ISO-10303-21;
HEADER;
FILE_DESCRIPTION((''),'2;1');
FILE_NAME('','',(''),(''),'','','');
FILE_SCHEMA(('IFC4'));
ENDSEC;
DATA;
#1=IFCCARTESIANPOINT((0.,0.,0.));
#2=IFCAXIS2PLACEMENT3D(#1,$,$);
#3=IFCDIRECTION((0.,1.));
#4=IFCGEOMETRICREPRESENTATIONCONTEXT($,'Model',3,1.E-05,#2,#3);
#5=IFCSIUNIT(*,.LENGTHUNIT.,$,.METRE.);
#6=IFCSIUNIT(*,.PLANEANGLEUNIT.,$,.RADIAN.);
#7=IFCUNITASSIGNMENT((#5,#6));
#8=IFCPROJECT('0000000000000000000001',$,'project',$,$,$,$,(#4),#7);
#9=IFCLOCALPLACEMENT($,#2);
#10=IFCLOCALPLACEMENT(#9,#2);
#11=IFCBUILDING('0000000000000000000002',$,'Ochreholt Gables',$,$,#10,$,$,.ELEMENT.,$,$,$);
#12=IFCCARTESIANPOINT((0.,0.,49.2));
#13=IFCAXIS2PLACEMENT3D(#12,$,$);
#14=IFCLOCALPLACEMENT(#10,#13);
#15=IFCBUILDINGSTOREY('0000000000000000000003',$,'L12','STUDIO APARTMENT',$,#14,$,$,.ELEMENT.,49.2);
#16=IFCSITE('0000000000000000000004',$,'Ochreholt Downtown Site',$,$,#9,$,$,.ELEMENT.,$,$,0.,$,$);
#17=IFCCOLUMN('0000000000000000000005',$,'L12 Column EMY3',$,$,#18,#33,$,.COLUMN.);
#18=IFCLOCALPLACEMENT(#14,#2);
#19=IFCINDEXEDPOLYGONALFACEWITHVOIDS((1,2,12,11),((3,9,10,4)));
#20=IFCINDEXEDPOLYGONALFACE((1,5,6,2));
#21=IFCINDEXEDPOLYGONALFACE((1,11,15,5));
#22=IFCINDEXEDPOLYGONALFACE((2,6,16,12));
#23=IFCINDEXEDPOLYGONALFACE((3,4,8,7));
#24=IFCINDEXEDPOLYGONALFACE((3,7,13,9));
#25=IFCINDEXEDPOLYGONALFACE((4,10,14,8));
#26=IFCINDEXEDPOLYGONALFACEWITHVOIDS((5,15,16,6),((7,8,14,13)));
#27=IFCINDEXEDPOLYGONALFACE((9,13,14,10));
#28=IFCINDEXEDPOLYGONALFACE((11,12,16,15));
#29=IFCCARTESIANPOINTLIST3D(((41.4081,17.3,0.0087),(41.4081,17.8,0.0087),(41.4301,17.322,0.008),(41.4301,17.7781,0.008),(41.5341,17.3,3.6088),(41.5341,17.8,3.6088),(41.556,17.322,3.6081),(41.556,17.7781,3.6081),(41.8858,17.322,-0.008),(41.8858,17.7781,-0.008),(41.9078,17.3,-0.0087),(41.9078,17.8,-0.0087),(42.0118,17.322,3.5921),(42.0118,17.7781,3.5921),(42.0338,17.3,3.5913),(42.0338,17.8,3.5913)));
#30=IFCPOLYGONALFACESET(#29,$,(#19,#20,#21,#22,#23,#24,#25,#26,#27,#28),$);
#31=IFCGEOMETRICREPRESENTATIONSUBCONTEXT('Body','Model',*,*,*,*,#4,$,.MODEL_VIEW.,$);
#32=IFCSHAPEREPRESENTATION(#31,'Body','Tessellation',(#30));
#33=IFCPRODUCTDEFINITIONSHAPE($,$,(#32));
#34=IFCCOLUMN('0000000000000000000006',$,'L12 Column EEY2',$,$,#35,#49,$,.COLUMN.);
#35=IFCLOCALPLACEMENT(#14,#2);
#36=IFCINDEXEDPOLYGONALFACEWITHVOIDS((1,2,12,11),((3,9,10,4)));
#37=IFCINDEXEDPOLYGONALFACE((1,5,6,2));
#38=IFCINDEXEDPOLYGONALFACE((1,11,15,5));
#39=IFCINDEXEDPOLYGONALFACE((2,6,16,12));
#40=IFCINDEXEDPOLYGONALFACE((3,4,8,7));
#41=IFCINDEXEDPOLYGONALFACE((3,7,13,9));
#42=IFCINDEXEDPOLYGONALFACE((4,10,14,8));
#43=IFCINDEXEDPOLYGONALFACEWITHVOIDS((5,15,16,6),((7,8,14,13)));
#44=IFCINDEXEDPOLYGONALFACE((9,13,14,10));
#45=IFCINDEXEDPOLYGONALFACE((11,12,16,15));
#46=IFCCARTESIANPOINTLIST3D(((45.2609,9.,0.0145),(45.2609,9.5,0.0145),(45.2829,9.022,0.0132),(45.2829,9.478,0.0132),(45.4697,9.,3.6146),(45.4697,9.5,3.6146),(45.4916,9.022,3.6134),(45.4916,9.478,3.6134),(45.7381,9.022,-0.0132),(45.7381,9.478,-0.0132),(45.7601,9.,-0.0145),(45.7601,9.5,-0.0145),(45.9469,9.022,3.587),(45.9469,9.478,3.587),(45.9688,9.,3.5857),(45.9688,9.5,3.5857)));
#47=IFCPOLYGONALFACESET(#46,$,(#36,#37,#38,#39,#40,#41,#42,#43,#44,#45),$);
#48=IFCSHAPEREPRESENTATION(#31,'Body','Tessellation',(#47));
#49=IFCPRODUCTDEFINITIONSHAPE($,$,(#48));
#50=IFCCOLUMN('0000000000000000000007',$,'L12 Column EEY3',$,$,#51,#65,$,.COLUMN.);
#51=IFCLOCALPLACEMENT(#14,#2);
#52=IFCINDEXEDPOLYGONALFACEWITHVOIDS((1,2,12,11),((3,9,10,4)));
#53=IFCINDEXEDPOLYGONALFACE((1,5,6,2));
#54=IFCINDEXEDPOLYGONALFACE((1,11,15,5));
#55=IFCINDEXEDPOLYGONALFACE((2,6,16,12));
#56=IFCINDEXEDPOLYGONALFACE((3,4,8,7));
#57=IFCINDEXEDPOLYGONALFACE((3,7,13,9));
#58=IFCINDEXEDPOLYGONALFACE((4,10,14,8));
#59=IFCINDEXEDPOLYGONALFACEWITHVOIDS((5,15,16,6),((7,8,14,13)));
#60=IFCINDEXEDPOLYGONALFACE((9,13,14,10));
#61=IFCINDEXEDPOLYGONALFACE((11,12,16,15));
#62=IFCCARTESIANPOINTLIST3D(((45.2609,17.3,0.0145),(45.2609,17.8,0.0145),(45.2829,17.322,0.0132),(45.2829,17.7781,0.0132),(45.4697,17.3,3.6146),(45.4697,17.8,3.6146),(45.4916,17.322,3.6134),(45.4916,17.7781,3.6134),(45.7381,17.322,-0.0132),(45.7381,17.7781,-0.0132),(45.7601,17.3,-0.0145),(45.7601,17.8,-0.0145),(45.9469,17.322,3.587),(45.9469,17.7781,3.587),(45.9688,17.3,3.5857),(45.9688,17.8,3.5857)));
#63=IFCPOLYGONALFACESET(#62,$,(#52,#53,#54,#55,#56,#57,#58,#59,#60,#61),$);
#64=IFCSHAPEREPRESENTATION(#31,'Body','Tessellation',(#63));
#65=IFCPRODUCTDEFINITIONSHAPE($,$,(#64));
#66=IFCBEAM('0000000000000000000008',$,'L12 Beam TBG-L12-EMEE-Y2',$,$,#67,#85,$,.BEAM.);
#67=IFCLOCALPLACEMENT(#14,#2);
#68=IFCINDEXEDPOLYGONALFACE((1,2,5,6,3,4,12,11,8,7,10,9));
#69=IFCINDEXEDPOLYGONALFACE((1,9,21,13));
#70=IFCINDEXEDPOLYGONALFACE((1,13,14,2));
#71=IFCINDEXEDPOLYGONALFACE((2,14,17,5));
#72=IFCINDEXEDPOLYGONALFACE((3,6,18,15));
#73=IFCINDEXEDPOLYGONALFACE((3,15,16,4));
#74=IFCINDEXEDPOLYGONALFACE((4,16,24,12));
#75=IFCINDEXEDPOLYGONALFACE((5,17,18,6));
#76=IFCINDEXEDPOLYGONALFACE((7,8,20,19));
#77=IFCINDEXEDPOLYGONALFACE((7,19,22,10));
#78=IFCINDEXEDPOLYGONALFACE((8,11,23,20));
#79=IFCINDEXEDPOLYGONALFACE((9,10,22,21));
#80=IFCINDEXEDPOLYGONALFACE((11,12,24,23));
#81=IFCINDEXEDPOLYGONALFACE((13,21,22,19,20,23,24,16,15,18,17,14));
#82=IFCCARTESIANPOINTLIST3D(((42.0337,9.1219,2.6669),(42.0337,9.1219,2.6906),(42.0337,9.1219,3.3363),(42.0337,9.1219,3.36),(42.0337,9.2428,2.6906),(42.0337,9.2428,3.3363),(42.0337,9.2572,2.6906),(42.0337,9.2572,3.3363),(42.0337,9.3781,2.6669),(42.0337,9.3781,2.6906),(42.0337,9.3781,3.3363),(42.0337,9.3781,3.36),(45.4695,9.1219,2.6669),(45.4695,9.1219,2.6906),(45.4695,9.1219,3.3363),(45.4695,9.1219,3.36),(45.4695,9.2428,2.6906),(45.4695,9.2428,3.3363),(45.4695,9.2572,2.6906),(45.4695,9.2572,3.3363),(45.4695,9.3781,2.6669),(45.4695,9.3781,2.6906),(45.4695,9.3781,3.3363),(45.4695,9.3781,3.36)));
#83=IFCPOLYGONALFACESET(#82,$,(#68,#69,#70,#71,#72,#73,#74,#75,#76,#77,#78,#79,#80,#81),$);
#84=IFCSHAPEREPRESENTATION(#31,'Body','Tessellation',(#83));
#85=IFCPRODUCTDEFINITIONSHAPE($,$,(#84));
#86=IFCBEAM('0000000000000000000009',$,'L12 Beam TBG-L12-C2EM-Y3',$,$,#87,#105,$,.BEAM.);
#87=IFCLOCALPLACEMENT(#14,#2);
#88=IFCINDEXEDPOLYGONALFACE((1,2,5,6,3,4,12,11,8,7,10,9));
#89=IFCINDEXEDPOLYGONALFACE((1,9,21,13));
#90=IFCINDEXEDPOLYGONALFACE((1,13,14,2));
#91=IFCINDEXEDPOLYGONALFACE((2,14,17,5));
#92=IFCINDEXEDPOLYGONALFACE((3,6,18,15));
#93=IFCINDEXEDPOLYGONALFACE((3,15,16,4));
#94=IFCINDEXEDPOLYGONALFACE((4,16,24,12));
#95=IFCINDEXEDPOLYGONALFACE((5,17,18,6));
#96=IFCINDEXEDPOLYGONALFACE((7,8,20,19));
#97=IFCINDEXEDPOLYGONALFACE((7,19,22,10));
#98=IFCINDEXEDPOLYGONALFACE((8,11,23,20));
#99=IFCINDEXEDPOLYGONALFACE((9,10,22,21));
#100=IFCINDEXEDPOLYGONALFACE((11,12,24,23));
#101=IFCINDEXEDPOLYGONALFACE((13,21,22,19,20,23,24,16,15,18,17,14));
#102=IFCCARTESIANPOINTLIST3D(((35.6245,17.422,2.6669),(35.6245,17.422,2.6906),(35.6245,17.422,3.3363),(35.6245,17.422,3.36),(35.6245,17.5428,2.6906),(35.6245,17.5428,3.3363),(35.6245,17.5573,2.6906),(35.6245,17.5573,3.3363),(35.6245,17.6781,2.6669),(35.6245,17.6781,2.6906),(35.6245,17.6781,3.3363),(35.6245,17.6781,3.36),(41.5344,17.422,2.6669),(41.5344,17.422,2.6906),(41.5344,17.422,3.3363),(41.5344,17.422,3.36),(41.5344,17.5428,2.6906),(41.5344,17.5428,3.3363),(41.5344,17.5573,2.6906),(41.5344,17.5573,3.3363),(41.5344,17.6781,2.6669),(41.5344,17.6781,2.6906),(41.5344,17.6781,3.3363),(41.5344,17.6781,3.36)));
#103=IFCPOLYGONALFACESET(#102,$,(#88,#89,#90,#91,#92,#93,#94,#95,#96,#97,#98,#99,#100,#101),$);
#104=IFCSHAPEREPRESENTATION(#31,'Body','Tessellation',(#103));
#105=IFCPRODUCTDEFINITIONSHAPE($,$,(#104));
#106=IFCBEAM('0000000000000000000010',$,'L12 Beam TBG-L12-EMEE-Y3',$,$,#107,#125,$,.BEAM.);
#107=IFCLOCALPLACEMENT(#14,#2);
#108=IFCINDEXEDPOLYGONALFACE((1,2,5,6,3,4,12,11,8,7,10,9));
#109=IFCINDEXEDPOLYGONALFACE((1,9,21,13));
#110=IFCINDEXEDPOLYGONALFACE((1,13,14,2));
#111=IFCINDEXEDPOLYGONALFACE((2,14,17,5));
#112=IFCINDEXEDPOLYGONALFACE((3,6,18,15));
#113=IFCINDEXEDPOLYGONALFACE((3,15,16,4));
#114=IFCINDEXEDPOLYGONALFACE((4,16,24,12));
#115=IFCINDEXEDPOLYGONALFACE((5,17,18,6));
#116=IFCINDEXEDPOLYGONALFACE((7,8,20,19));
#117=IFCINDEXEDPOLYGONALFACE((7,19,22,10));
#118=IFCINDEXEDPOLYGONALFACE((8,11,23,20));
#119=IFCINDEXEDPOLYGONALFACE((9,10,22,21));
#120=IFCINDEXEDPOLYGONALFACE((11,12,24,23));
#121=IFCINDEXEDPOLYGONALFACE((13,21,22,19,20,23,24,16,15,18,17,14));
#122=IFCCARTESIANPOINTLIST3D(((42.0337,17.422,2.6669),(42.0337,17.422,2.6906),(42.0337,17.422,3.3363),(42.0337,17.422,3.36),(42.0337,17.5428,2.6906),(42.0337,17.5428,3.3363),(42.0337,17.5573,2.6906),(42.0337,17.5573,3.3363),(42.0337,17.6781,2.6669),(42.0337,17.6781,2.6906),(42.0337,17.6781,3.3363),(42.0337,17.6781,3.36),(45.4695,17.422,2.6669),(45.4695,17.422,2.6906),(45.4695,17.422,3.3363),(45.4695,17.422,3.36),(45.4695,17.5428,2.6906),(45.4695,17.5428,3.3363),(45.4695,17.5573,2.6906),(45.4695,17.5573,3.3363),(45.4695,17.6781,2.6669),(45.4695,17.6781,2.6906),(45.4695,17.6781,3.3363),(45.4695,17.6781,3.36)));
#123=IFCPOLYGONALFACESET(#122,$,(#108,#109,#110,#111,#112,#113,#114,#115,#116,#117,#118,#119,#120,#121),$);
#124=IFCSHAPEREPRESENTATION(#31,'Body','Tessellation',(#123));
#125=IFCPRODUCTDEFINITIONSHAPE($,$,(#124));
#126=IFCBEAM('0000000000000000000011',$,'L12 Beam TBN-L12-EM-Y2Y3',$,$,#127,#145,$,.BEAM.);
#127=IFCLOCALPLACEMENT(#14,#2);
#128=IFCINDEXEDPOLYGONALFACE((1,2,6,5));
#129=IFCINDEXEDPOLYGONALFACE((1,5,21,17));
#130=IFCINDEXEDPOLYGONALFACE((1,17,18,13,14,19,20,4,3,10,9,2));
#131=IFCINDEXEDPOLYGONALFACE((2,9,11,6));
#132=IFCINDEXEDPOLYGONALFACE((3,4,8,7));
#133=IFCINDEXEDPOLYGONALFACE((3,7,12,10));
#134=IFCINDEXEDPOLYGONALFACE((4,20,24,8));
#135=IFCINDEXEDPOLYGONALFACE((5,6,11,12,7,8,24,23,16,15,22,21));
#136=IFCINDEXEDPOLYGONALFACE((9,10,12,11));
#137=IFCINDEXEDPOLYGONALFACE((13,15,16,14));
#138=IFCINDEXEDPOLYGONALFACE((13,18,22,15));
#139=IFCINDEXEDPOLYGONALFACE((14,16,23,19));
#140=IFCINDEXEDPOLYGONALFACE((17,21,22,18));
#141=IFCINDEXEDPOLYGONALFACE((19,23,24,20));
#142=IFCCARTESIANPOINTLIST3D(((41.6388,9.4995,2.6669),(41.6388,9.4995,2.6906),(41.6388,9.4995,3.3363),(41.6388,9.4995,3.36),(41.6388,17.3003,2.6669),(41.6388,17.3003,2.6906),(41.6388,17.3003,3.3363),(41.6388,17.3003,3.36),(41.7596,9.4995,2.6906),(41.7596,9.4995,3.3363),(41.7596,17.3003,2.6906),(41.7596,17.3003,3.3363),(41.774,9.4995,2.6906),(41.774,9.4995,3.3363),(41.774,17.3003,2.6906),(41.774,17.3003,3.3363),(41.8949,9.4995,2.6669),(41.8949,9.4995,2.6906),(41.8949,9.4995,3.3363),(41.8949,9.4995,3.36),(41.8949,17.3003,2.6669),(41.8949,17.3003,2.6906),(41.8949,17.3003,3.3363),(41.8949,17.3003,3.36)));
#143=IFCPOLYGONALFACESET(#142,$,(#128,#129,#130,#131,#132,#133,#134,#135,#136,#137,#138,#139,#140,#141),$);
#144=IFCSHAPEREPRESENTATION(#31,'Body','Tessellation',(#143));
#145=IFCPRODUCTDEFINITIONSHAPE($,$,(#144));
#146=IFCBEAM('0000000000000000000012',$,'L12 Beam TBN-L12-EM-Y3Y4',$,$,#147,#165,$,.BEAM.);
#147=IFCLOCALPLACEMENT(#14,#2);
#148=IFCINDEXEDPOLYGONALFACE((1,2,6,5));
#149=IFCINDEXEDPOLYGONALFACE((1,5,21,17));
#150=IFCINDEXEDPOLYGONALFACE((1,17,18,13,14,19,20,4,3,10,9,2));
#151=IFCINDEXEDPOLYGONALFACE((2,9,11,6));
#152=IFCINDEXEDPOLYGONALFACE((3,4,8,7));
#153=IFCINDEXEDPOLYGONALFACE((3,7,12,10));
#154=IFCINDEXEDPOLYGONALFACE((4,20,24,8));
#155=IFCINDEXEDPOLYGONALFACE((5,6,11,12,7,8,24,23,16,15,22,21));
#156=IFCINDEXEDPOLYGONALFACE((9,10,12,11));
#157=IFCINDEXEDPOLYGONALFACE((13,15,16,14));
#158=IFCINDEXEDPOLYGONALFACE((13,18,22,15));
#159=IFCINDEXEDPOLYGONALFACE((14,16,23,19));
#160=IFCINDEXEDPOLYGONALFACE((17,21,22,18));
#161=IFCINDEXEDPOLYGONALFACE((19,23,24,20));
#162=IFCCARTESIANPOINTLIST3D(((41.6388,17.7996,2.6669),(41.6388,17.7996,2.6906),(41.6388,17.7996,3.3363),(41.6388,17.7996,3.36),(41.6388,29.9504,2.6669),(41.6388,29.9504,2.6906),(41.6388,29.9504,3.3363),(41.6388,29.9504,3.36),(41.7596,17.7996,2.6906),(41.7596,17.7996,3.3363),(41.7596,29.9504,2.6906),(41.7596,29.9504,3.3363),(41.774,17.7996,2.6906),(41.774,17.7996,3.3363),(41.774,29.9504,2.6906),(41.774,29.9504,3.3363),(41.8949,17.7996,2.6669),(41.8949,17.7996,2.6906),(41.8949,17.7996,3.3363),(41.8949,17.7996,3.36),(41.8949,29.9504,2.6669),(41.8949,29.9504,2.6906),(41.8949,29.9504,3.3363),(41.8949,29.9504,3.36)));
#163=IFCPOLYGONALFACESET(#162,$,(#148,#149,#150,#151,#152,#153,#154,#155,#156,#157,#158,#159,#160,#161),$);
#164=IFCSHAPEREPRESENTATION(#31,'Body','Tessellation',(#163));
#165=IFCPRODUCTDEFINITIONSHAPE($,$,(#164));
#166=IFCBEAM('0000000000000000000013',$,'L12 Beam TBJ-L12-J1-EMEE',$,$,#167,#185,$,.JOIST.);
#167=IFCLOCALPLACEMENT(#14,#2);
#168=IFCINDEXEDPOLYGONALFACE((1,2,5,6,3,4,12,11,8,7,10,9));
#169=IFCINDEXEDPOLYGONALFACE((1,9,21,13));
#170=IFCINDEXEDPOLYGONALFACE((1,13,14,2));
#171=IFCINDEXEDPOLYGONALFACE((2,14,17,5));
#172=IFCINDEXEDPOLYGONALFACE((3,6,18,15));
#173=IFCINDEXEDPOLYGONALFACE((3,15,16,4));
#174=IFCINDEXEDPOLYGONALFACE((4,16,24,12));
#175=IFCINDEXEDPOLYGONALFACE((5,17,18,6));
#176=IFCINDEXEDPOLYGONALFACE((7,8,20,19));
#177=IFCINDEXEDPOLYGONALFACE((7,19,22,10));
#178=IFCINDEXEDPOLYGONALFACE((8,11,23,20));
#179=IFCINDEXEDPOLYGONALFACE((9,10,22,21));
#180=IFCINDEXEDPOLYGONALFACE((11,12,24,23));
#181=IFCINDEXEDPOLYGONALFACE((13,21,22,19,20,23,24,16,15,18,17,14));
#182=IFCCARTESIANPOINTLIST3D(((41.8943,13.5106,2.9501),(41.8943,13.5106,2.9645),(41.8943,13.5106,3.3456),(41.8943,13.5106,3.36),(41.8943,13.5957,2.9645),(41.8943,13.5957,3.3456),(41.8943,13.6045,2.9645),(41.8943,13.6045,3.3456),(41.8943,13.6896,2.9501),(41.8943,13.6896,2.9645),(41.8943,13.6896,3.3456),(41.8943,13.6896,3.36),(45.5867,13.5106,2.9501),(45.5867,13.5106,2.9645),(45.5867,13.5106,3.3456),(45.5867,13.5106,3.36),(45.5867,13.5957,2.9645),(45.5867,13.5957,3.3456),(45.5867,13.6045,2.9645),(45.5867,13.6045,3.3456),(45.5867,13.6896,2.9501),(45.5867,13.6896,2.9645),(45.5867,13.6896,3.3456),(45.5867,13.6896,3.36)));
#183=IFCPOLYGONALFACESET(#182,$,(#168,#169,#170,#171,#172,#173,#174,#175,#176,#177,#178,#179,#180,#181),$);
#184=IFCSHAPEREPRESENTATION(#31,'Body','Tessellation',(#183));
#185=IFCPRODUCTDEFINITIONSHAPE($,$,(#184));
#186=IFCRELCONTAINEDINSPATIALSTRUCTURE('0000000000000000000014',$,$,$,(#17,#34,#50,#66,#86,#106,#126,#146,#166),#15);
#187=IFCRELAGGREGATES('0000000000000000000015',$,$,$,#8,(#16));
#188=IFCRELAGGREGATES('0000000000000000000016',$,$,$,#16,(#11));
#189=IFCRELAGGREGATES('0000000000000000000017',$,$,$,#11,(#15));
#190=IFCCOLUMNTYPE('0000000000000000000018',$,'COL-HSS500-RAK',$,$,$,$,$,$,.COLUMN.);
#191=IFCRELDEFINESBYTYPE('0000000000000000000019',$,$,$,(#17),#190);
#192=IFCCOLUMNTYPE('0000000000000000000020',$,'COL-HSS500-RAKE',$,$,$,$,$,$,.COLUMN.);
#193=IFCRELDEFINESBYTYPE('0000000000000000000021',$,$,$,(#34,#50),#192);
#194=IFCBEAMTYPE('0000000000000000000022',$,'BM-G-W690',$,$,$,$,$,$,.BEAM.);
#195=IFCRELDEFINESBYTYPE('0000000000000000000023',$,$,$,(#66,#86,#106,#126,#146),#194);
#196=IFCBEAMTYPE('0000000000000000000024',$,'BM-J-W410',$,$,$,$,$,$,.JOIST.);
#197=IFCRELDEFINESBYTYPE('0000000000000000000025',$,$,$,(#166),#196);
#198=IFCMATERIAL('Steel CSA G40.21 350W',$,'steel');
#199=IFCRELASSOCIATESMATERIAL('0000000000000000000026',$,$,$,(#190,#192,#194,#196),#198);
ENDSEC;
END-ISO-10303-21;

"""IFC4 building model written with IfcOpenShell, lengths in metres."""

from ifc_helpers import new_model, si_unit, direction, frame, origin, origin_2d, place, context, subcontext, project, spatial, hollow_rectangle, i_section, extrude, material, material_profile, profile_set, type_object, element, save


model = new_model("IFC4")

# Units and contexts
model_context = context("Model", 3, precision=1e-05, world=origin(), true_north=direction((0.0, 1.0)))
body_context = subcontext(model_context, "Body", "Model", "MODEL_VIEW")
ifc_project = project(units=[si_unit("LENGTHUNIT", "METRE"), si_unit("PLANEANGLEUNIT", "RADIAN")], contexts=[model_context])

# Site, building, storey
site_placement = place(None, origin())
site = spatial("IfcSite", under=ifc_project, at=site_placement, Name="Ochreholt Downtown Site", CompositionType="ELEMENT", RefElevation=0.0)
building_placement = place(site_placement, origin())
building = spatial("IfcBuilding", under=site, at=building_placement, Name="Ochreholt Gables", CompositionType="ELEMENT")
storey_placement = place(building_placement, frame((0.0, 0.0, 49.2)))
storey = spatial("IfcBuildingStorey", under=building, at=storey_placement, Name="L12", Description="STUDIO APARTMENT", CompositionType="ELEMENT", Elevation=49.2)

# Columns
ifc_material_1 = material(Name="Steel CSA G40.21 350W", Category="steel")
ifc_material_profile_1 = material_profile(ifc_material_1, hollow_rectangle(XDim=0.5, YDim=0.5, WallThickness=0.022, at=origin_2d()), Name="HSS500X500X22")
ifc_profile_set_1 = profile_set([ifc_material_profile_1], Name="Steel CSA G40.21 350W")
column_type_1 = type_object("IfcColumnType", Name="COL-HSS500-RAK", PredefinedType="COLUMN", material=ifc_profile_set_1)
column_placement = place(storey_placement, frame((41.658, 17.55, 0.0), z_axis=(0.034971, 0.0, 0.999388), x_axis=(0.0, 1.0, 0.0)))
element("IfcColumn", 1, at=column_placement, inside=storey, type_object=column_type_1, Name="L12 Column EMY3", PredefinedType="COLUMN", context=body_context, shape_type="SweptSolid", body=[
    extrude(hollow_rectangle(XDim=0.5, YDim=0.5, WallThickness=0.022, at=origin_2d()), origin(), (0.0, 0.0, 1.0), 3.6023),
])
ifc_material_profile_2 = material_profile(ifc_material_1, hollow_rectangle(XDim=0.5, YDim=0.5, WallThickness=0.022, at=origin_2d()), Name="HSS500X500X22")
ifc_profile_set_2 = profile_set([ifc_material_profile_2], Name="Steel CSA G40.21 350W")
column_type_2 = type_object("IfcColumnType", Name="COL-HSS500-RAKE", PredefinedType="COLUMN", material=ifc_profile_set_2)
for number, where, z_axis, x_axis, name in (
    (2, (45.5105, 9.25, 0.0), (0.057885, 0.0, 0.998323), (0.0, 1.0, 0.0), "L12 Column EEY2"),
    (3, (45.5105, 17.55, 0.0), (0.057885, 0.0, 0.998323), (0.0, 1.0, 0.0), "L12 Column EEY3"),
):
    element("IfcColumn", number, at=place(storey_placement, frame(where, z_axis=z_axis, x_axis=x_axis)), inside=storey, type_object=column_type_2, Name=name, PredefinedType="COLUMN", context=body_context, shape_type="SweptSolid", body=[
        extrude(hollow_rectangle(XDim=0.5, YDim=0.5, WallThickness=0.022, at=origin_2d()), origin(), (0.0, 0.0, 1.0), 3.6062),
    ])

# Beams
ifc_material_profile_3 = material_profile(ifc_material_1, i_section(OverallWidth=0.2561, OverallDepth=0.6931, WebThickness=0.0144, FlangeThickness=0.0237, at=origin_2d()), Name="W690X170")
ifc_profile_set_3 = profile_set([ifc_material_profile_3], Name="Steel CSA G40.21 350W")
beam_type_1 = type_object("IfcBeamType", Name="BM-G-W690", PredefinedType="BEAM", material=ifc_profile_set_3)
beam_1_placement = place(storey_placement, frame((42.0337, 9.25, 3.0134), z_axis=(1.0, 0.0, 0.0), x_axis=(0.0, 1.0, 0.0)))
element("IfcBeam", 4, at=beam_1_placement, inside=storey, type_object=beam_type_1, Name="L12 Beam TBG-L12-EMEE-Y2", PredefinedType="BEAM", context=body_context, shape_type="SweptSolid", body=[
    extrude(i_section(OverallWidth=0.2561, OverallDepth=0.6931, WebThickness=0.0144, FlangeThickness=0.0237, at=origin_2d()), origin(), (0.0, 0.0, 1.0), 3.4358),
])
beam_2_placement = place(storey_placement, frame((35.6245, 17.55, 3.0134), z_axis=(1.0, 0.0, 0.0), x_axis=(0.0, 1.0, 0.0)))
element("IfcBeam", 5, at=beam_2_placement, inside=storey, type_object=beam_type_1, Name="L12 Beam TBG-L12-C2EM-Y3", PredefinedType="BEAM", context=body_context, shape_type="SweptSolid", body=[
    extrude(i_section(OverallWidth=0.2561, OverallDepth=0.6931, WebThickness=0.0144, FlangeThickness=0.0237, at=origin_2d()), origin(), (0.0, 0.0, 1.0), 5.9099),
])
beam_3_placement = place(storey_placement, frame((42.0337, 17.55, 3.0134), z_axis=(1.0, 0.0, 0.0), x_axis=(0.0, 1.0, 0.0)))
element("IfcBeam", 6, at=beam_3_placement, inside=storey, type_object=beam_type_1, Name="L12 Beam TBG-L12-EMEE-Y3", PredefinedType="BEAM", context=body_context, shape_type="SweptSolid", body=[
    extrude(i_section(OverallWidth=0.2561, OverallDepth=0.6931, WebThickness=0.0144, FlangeThickness=0.0237, at=origin_2d()), origin(), (0.0, 0.0, 1.0), 3.4358),
])
beam_4_placement = place(storey_placement, frame((41.7668, 9.4995, 3.0134), z_axis=(0.0, 1.0, 0.0), x_axis=(-1.0, 0.0, 0.0)))
element("IfcBeam", 7, at=beam_4_placement, inside=storey, type_object=beam_type_1, Name="L12 Beam TBN-L12-EM-Y2Y3", PredefinedType="BEAM", context=body_context, shape_type="SweptSolid", body=[
    extrude(i_section(OverallWidth=0.2561, OverallDepth=0.6931, WebThickness=0.0144, FlangeThickness=0.0237, at=origin_2d()), origin(), (0.0, 0.0, 1.0), 7.8008),
])
beam_5_placement = place(storey_placement, frame((41.7668, 17.7996, 3.0134), z_axis=(0.0, 1.0, 0.0), x_axis=(-1.0, 0.0, 0.0)))
element("IfcBeam", 8, at=beam_5_placement, inside=storey, type_object=beam_type_1, Name="L12 Beam TBN-L12-EM-Y3Y4", PredefinedType="BEAM", context=body_context, shape_type="SweptSolid", body=[
    extrude(i_section(OverallWidth=0.2561, OverallDepth=0.6931, WebThickness=0.0144, FlangeThickness=0.0237, at=origin_2d()), origin(), (0.0, 0.0, 1.0), 12.1509),
])
ifc_material_profile_4 = material_profile(ifc_material_1, i_section(OverallWidth=0.179, OverallDepth=0.4099, WebThickness=0.0088, FlangeThickness=0.0144, at=origin_2d()), Name="W410X67")
ifc_profile_set_4 = profile_set([ifc_material_profile_4], Name="Steel CSA G40.21 350W")
beam_type_2 = type_object("IfcBeamType", Name="BM-J-W410", PredefinedType="JOIST", material=ifc_profile_set_4)
beam_6_placement = place(storey_placement, frame((41.8943, 13.6001, 3.155), z_axis=(1.0, 0.0, 0.0), x_axis=(0.0, 1.0, 0.0)))
element("IfcBeam", 9, at=beam_6_placement, inside=storey, type_object=beam_type_2, Name="L12 Beam TBJ-L12-J1-EMEE", PredefinedType="JOIST", context=body_context, shape_type="SweptSolid", body=[
    extrude(i_section(OverallWidth=0.179, OverallDepth=0.4099, WebThickness=0.0088, FlangeThickness=0.0144, at=origin_2d()), origin(), (0.0, 0.0, 1.0), 3.6924),
])

save(model, "model.ifc")
